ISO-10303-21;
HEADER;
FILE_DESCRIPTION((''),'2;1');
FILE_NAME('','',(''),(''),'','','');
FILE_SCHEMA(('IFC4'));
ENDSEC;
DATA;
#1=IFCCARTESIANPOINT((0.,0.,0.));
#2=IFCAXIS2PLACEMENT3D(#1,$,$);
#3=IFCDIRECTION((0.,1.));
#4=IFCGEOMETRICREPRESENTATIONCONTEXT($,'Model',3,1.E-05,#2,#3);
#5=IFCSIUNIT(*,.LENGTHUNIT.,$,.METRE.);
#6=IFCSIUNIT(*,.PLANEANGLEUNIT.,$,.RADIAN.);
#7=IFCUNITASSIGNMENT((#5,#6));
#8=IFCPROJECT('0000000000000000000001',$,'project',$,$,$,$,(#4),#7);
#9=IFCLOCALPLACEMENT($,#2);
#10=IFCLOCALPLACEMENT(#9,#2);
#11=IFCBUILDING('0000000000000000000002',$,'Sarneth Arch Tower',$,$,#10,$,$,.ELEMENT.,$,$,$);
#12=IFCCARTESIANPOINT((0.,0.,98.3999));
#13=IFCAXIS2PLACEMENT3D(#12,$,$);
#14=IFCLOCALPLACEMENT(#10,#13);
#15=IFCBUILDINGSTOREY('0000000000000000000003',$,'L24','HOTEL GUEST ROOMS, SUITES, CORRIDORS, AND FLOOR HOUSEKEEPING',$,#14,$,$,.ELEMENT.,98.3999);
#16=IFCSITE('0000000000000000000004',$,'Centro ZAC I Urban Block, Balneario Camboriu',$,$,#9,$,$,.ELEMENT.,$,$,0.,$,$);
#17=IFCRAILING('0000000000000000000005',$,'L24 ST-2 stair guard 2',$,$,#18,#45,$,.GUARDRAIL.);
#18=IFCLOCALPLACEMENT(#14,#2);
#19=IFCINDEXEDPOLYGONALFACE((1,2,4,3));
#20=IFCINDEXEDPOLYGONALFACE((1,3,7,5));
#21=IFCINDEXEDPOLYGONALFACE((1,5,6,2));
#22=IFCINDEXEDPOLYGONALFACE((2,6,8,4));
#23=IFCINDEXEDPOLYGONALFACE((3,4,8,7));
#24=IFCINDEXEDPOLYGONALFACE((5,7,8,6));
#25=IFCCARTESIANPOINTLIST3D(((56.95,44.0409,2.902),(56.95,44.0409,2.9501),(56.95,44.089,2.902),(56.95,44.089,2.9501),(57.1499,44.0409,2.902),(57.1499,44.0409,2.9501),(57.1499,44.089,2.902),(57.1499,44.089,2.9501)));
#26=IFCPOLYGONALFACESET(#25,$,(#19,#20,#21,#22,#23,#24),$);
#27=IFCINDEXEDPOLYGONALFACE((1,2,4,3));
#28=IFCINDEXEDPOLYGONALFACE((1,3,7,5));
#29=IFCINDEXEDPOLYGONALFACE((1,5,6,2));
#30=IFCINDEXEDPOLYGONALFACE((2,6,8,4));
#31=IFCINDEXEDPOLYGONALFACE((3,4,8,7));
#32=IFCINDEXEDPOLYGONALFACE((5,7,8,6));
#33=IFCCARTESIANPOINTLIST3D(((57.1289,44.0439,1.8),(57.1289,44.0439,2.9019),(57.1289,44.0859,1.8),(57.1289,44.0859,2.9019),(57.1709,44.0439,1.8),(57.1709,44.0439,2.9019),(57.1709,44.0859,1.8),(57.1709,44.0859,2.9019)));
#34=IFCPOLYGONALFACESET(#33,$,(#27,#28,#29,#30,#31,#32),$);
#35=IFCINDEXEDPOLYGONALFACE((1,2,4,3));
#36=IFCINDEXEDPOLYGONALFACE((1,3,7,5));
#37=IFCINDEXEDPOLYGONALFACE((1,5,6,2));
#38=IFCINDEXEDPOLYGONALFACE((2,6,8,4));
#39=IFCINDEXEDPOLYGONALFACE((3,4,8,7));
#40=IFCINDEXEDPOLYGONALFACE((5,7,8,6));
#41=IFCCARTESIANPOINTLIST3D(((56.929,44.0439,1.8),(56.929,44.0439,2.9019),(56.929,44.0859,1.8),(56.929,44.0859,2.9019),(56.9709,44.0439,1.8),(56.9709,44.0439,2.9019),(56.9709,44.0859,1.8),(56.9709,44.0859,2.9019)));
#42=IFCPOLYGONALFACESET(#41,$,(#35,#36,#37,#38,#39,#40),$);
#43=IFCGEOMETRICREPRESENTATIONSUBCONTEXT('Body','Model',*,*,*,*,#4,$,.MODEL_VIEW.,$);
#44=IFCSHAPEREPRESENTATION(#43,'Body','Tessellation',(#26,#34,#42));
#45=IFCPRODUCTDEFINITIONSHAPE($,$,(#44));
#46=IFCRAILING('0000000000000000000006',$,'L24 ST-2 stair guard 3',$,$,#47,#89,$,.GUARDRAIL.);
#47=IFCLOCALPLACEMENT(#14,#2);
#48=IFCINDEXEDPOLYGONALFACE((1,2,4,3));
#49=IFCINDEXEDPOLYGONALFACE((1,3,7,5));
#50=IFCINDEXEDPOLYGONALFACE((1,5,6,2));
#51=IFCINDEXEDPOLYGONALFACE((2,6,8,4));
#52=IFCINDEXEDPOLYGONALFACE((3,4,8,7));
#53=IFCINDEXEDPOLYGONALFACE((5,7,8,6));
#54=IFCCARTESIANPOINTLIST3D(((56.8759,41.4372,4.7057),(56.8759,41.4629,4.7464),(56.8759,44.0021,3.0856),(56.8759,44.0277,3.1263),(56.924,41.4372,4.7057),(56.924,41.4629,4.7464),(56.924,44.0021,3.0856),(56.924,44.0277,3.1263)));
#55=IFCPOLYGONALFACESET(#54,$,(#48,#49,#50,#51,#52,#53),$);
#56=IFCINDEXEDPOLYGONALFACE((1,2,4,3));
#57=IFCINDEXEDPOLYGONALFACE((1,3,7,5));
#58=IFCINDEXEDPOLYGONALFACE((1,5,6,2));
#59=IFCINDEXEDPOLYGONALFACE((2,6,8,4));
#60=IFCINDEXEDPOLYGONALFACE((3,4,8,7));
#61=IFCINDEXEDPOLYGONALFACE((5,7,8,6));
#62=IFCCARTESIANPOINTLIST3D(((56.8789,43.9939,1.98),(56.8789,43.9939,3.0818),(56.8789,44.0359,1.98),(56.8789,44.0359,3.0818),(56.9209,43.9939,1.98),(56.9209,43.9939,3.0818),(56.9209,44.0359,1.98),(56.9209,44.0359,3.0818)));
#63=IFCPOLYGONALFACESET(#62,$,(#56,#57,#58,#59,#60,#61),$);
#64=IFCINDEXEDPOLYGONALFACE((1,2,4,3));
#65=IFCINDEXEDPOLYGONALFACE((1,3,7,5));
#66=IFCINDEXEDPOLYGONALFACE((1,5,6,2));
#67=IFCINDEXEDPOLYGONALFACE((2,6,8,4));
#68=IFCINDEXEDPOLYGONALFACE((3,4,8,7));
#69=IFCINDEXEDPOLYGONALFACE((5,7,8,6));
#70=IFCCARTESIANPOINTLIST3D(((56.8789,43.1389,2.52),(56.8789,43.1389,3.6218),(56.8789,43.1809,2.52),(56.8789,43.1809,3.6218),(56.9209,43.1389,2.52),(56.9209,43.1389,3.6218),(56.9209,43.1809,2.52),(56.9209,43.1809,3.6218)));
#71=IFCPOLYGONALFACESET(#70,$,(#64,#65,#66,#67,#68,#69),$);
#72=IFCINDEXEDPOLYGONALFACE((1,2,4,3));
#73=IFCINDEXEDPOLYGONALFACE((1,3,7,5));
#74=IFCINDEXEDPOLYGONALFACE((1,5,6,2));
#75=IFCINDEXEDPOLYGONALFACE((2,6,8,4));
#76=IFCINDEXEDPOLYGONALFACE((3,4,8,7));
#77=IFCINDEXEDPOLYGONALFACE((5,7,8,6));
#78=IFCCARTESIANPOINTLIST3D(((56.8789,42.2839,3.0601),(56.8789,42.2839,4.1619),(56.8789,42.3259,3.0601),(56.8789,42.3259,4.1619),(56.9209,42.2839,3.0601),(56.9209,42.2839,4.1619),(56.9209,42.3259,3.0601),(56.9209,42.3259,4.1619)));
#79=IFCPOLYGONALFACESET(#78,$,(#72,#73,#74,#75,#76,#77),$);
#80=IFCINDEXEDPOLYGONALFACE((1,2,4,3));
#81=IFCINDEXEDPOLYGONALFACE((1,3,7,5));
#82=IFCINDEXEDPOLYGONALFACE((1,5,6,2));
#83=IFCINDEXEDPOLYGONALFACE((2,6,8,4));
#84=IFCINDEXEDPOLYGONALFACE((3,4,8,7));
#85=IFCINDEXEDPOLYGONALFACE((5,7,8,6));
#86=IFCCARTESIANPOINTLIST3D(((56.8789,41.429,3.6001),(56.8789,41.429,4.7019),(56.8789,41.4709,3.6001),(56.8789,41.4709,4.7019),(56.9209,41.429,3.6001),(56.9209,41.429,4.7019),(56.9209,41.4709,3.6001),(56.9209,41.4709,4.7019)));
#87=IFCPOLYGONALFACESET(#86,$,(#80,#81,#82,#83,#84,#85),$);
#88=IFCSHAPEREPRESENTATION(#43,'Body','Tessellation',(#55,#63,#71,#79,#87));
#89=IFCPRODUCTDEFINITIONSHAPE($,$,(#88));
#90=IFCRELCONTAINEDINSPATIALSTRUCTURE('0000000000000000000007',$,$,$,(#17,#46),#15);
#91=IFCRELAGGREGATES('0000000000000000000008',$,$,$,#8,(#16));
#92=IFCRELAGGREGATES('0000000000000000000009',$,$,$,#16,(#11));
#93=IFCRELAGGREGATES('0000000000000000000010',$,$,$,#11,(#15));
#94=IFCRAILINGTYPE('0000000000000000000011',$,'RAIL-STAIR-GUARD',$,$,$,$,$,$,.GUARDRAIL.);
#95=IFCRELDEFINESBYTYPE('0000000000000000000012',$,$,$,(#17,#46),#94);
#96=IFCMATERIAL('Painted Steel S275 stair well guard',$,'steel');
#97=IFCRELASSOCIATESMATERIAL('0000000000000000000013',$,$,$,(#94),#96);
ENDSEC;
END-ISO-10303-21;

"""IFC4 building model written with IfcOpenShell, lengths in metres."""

from ifc_helpers import new_model, si_unit, direction, frame, origin, origin_2d, place, context, subcontext, project, spatial, rectangle, extrude, material, type_object, element, save


model = new_model("IFC4")

# Units and contexts
model_context = context("Model", 3, precision=1e-05, world=origin(), true_north=direction((0.0, 1.0)))
body_context = subcontext(model_context, "Body", "Model", "MODEL_VIEW")
ifc_project = project(units=[si_unit("LENGTHUNIT", "METRE"), si_unit("PLANEANGLEUNIT", "RADIAN")], contexts=[model_context])

# Site, building, storey
site_placement = place(None, origin())
site = spatial("IfcSite", under=ifc_project, at=site_placement, Name="Centro ZAC I Urban Block, Balneario Camboriu", CompositionType="ELEMENT", RefElevation=0.0)
building_placement = place(site_placement, origin())
building = spatial("IfcBuilding", under=site, at=building_placement, Name="Sarneth Arch Tower", CompositionType="ELEMENT")
storey_placement = place(building_placement, frame((0.0, 0.0, 98.3999)))
storey = spatial("IfcBuildingStorey", under=building, at=storey_placement, Name="L24", Description="HOTEL GUEST ROOMS, SUITES, CORRIDORS, AND FLOOR HOUSEKEEPING", CompositionType="ELEMENT", Elevation=98.3999)

# Railings
ifc_material_1 = material(Name="Painted Steel S275 stair well guard", Category="steel")
railing_type_1 = type_object("IfcRailingType", Name="RAIL-STAIR-GUARD", PredefinedType="GUARDRAIL", material=ifc_material_1)
railing_1_placement = place(storey_placement, frame((57.1499, 44.0649, 1.8)))
element("IfcRailing", 1, at=railing_1_placement, inside=storey, type_object=railing_type_1, Name="L24 ST-2 stair guard 2", PredefinedType="GUARDRAIL", context=body_context, shape_type="SweptSolid", body=[
    extrude(rectangle(XDim=0.0481, YDim=0.0481, at=origin_2d()), frame((0.0, 0.0, 1.126), z_axis=(-1.0, 0.0, 0.0), x_axis=(0.0, -1.0, 0.0)), (0.0, 0.0, 1.0), 0.2),
    extrude(rectangle(XDim=0.042, YDim=0.042, at=origin_2d()), origin(), (0.0, 0.0, 1.0), 1.1018),
    extrude(rectangle(XDim=0.042, YDim=0.042, at=origin_2d()), frame((-0.2, 0.0, 0.0)), (0.0, 0.0, 1.0), 1.1018),
])
railing_2_placement = place(storey_placement, frame((56.8999, 44.0149, 1.98)))
element("IfcRailing", 2, at=railing_2_placement, inside=storey, type_object=railing_type_1, Name="L24 ST-2 stair guard 3", PredefinedType="GUARDRAIL", context=body_context, shape_type="SweptSolid", body=[
    extrude(rectangle(XDim=0.0481, YDim=0.0481, at=origin_2d()), frame((0.0, 0.0, 1.126), z_axis=(0.0, -0.845466, 0.534029), x_axis=(1.0, 0.0, 0.0)), (0.0, 0.0, 1.0), 3.0337),
    extrude(rectangle(XDim=0.042, YDim=0.042, at=origin_2d()), origin(), (0.0, 0.0, 1.0), 1.1018),
    extrude(rectangle(XDim=0.042, YDim=0.042, at=origin_2d()), frame((0.0, -0.855, 0.54)), (0.0, 0.0, 1.0), 1.1018),
    extrude(rectangle(XDim=0.042, YDim=0.042, at=origin_2d()), frame((0.0, -1.71, 1.0801)), (0.0, 0.0, 1.0), 1.1018),
    extrude(rectangle(XDim=0.042, YDim=0.042, at=origin_2d()), frame((0.0, -2.5649, 1.6201)), (0.0, 0.0, 1.0), 1.1018),
])

save(model, "model.ifc")
